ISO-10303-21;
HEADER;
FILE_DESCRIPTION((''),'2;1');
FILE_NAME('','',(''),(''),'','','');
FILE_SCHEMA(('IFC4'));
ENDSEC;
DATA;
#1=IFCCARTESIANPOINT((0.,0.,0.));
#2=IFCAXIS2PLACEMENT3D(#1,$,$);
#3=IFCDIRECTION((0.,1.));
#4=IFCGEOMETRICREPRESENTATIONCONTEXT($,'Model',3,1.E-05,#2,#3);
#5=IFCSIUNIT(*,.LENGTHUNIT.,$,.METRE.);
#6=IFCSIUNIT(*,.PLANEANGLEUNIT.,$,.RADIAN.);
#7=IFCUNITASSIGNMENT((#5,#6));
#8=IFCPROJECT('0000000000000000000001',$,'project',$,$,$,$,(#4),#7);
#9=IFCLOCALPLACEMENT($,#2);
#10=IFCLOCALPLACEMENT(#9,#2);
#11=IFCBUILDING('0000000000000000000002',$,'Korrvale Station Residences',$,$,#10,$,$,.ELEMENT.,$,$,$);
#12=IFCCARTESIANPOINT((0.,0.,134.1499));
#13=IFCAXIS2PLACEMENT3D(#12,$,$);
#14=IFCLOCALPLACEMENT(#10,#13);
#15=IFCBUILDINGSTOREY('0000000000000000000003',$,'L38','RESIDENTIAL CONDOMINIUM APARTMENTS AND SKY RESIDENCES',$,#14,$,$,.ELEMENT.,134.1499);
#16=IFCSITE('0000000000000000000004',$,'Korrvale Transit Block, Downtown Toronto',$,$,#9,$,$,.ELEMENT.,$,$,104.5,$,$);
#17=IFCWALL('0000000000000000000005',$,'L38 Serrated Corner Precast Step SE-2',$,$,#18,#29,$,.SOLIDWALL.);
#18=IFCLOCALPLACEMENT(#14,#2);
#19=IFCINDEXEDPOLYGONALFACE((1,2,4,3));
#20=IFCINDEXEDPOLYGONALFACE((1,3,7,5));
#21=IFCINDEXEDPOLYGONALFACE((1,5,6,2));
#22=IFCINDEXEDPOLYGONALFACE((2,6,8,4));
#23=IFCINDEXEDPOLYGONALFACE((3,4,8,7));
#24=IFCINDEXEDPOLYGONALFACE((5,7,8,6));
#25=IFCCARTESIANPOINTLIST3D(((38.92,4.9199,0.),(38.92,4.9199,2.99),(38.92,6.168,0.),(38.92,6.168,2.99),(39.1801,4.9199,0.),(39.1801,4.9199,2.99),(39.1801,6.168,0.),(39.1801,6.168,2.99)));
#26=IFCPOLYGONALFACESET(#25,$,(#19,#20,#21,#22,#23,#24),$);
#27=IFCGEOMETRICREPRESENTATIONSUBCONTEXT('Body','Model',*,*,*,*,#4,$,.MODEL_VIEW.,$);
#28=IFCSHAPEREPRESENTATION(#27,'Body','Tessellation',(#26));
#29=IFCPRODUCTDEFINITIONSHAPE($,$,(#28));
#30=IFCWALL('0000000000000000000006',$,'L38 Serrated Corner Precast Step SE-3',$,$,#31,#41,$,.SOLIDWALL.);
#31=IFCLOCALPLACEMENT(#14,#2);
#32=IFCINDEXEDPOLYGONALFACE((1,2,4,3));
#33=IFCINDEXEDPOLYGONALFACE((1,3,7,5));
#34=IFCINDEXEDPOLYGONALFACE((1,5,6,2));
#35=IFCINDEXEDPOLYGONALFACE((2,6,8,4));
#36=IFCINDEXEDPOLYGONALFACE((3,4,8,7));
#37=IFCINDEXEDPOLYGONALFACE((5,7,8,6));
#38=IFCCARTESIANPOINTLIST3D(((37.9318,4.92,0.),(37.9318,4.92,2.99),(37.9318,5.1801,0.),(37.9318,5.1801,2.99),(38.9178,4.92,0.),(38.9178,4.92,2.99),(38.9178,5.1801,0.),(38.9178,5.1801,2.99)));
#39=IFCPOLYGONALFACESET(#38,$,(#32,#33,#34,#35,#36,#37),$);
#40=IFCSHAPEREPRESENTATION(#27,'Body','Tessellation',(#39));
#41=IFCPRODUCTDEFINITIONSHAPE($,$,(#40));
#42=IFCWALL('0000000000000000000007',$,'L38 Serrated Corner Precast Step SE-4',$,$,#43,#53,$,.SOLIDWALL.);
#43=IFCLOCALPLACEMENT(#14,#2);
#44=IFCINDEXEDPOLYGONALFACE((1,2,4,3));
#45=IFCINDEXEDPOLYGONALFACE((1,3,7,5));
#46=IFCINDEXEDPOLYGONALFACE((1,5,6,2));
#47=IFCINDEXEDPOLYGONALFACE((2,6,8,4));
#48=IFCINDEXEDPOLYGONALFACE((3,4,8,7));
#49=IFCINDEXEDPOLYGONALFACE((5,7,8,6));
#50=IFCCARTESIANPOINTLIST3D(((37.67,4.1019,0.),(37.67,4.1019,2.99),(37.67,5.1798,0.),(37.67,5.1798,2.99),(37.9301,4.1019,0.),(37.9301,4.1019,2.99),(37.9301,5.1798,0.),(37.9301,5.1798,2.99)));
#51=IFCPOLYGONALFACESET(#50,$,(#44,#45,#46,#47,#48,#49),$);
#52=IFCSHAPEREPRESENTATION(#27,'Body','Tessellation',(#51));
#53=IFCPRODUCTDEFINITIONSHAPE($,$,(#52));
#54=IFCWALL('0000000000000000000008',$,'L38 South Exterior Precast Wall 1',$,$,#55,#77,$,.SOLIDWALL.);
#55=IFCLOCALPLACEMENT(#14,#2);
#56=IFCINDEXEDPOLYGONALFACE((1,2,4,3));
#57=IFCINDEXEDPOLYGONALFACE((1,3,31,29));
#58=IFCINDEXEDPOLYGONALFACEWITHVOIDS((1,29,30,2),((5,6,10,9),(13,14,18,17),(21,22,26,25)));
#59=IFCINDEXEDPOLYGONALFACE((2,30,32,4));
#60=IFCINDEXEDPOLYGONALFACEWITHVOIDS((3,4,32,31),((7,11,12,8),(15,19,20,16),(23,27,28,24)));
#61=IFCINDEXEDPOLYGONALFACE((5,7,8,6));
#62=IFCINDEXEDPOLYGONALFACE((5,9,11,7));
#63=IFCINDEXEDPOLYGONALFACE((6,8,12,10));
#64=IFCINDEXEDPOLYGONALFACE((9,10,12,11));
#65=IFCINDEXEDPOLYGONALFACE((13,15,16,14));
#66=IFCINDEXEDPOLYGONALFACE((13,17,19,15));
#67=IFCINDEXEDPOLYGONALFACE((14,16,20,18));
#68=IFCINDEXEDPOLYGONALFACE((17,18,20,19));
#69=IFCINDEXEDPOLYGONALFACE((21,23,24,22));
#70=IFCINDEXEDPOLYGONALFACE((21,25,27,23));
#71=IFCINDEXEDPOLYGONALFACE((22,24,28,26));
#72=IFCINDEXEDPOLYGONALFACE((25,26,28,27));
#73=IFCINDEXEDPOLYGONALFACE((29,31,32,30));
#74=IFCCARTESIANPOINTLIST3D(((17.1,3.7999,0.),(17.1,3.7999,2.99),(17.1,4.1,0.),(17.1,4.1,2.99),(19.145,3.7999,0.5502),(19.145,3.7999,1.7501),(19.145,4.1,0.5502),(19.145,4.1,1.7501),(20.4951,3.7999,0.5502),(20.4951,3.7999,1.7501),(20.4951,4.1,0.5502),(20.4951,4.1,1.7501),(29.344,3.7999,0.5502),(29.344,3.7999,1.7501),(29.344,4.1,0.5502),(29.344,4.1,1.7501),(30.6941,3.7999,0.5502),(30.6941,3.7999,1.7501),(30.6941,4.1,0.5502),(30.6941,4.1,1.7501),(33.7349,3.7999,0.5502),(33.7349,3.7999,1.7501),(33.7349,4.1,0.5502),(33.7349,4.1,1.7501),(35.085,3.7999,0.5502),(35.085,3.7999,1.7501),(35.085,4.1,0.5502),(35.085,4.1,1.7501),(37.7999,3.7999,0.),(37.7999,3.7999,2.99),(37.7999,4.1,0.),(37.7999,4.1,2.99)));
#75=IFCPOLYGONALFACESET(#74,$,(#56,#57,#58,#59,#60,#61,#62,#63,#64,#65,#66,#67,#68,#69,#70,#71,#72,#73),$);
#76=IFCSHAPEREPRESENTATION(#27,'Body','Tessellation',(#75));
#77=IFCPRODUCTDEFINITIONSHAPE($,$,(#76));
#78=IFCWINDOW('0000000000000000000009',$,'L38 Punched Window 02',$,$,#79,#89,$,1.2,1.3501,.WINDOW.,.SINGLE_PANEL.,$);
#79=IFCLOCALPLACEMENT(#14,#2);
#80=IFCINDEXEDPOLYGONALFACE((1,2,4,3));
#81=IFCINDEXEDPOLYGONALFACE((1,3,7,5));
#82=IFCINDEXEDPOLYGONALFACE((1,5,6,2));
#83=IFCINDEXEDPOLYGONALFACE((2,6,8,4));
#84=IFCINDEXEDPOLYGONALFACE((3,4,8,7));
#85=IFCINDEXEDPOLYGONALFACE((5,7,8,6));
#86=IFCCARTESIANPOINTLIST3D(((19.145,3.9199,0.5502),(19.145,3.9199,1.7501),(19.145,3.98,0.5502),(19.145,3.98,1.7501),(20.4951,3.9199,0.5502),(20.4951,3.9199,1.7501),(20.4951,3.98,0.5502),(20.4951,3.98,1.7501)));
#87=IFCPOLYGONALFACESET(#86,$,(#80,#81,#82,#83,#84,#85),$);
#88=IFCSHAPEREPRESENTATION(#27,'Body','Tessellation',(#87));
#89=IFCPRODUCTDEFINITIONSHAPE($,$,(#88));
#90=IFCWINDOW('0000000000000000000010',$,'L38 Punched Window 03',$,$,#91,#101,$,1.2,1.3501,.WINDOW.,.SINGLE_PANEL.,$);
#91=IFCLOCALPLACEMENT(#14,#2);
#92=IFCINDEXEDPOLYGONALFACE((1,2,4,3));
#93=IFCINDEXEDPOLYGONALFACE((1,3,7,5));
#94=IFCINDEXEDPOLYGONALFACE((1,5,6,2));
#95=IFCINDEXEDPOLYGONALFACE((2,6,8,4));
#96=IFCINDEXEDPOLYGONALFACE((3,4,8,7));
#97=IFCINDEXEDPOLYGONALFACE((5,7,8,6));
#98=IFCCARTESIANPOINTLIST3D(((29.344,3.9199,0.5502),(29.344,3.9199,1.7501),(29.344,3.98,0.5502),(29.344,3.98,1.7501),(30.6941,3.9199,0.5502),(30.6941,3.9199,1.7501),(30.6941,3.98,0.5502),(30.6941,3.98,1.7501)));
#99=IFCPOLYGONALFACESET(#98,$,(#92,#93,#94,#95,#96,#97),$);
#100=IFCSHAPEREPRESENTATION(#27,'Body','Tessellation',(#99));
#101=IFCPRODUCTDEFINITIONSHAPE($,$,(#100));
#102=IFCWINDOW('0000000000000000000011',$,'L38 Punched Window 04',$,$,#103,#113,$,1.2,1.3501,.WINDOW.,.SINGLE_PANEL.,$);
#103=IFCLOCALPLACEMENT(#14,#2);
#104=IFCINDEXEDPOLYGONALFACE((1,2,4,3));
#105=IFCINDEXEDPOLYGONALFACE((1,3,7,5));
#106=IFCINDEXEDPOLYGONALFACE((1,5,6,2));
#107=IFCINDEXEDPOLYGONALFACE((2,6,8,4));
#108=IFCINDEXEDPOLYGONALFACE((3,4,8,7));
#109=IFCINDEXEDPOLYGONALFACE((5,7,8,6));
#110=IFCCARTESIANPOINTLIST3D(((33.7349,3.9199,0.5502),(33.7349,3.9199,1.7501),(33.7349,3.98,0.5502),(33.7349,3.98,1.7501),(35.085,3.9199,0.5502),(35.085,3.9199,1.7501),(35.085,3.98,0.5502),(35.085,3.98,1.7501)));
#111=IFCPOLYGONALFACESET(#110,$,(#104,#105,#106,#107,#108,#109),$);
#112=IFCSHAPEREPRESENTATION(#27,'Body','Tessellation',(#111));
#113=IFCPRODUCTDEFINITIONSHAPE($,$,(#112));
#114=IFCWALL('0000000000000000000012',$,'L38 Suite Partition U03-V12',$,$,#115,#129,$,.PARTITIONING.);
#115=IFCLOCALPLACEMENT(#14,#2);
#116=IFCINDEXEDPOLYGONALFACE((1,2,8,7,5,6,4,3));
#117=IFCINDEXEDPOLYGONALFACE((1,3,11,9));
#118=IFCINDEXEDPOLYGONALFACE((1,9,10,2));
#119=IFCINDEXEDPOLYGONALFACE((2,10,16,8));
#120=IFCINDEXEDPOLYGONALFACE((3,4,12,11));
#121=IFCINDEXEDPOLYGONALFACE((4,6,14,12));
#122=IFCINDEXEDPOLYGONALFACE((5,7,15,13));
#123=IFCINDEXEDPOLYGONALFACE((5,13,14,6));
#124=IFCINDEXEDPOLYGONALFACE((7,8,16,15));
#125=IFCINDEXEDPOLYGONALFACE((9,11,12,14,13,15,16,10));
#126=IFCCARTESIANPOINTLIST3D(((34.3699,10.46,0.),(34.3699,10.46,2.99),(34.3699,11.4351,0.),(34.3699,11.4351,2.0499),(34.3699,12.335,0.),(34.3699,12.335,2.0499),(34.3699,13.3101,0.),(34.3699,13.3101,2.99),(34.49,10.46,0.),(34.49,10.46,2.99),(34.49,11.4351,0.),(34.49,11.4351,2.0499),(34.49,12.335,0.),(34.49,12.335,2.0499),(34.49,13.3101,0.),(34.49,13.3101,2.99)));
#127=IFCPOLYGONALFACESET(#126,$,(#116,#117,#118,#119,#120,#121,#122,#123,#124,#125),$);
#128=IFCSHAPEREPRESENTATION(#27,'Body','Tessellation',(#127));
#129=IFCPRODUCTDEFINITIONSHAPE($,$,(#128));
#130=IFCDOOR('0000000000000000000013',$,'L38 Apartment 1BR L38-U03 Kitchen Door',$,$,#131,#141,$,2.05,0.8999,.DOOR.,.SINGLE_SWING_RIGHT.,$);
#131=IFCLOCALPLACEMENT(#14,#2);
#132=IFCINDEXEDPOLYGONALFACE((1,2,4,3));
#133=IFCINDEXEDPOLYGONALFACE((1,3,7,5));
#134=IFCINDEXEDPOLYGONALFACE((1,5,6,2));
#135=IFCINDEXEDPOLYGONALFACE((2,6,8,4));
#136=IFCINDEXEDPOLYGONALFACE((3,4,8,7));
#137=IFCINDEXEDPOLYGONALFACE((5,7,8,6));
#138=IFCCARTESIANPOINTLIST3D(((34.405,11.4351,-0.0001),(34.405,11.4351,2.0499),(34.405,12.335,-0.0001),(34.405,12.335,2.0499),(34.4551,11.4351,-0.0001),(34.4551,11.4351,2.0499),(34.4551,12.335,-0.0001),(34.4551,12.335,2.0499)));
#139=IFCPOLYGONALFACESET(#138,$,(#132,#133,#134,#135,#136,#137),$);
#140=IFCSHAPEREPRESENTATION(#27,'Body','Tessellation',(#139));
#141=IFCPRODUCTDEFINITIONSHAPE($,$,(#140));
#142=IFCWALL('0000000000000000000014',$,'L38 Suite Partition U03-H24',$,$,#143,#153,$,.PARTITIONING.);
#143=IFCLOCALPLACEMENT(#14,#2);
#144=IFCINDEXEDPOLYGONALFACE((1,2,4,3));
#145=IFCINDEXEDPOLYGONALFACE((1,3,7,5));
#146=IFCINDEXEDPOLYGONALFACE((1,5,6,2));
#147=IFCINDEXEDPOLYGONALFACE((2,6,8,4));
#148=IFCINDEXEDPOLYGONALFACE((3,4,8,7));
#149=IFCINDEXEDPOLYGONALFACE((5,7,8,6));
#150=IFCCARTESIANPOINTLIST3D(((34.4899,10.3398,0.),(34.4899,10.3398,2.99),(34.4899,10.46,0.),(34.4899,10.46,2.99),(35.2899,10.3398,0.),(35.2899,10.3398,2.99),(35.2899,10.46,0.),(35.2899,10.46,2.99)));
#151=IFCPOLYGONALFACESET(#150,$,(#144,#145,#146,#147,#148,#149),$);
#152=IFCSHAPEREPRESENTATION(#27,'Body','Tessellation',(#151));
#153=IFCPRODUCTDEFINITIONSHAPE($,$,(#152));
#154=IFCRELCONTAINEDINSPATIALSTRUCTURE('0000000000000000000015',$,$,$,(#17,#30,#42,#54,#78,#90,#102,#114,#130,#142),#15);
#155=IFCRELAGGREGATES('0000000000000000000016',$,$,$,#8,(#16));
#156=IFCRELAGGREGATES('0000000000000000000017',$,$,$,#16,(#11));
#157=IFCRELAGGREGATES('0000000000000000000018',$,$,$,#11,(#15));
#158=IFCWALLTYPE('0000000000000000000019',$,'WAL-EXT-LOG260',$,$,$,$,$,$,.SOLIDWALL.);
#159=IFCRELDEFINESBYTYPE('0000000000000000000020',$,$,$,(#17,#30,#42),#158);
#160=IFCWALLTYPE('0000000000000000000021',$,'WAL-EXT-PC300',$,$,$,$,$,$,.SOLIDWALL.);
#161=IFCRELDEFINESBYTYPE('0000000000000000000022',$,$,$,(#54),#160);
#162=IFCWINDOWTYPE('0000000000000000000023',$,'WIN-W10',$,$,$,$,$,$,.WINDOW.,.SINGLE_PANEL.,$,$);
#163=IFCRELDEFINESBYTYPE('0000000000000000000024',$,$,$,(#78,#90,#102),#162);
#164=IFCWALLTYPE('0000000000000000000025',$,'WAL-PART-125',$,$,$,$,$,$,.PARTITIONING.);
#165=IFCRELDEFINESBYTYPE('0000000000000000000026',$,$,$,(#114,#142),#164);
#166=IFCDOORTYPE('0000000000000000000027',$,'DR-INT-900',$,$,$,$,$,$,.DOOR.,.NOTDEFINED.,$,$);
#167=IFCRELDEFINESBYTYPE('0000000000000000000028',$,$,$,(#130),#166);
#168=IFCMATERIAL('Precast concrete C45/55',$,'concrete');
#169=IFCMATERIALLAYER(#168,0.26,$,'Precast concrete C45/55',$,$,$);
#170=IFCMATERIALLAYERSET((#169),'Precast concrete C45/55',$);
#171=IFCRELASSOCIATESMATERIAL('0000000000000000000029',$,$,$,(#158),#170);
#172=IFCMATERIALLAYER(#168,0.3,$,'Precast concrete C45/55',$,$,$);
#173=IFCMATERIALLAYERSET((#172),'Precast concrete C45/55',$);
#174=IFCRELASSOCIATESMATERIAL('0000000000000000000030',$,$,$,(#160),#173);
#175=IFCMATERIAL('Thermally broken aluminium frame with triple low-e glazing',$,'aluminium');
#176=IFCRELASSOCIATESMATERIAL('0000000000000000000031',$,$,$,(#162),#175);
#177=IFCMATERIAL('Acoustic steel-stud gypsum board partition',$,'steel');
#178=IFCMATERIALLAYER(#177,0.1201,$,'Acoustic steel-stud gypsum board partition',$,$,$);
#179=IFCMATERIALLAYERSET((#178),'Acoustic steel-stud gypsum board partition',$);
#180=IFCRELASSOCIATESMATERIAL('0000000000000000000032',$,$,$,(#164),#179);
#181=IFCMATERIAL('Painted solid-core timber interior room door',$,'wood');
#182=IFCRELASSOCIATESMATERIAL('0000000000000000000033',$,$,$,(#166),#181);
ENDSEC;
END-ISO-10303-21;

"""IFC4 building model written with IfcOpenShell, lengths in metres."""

from ifc_helpers import new_model, si_unit, direction, frame, frame_2d, origin, place, context, subcontext, project, spatial, rectangle, extrude, material, layer, layer_set, type_object, element, fill, save


model = new_model("IFC4")

# Units and contexts
model_context = context("Model", 3, precision=1e-05, world=origin(), true_north=direction((0.0, 1.0)))
body_context = subcontext(model_context, "Body", "Model", "MODEL_VIEW")
ifc_project = project(units=[si_unit("LENGTHUNIT", "METRE"), si_unit("PLANEANGLEUNIT", "RADIAN")], contexts=[model_context])

# Site, building, storey
site_placement = place(None, origin())
site = spatial("IfcSite", under=ifc_project, at=site_placement, Name="Korrvale Transit Block, Downtown Toronto", CompositionType="ELEMENT", RefElevation=104.5)
building_placement = place(site_placement, origin())
building = spatial("IfcBuilding", under=site, at=building_placement, Name="Korrvale Station Residences", CompositionType="ELEMENT")
storey_placement = place(building_placement, frame((0.0, 0.0, 134.1499)))
storey = spatial("IfcBuildingStorey", under=building, at=storey_placement, Name="L38", Description="RESIDENTIAL CONDOMINIUM APARTMENTS AND SKY RESIDENCES", CompositionType="ELEMENT", Elevation=134.1499)

# Walls
ifc_material_1 = material(Name="Precast concrete C45/55", Category="concrete")
ifc_layer_1 = layer(ifc_material_1, 0.26, Name="Precast concrete C45/55")
ifc_layer_set_1 = layer_set([ifc_layer_1], Name="Precast concrete C45/55")
wall_type_1 = type_object("IfcWallType", Name="WAL-EXT-LOG260", PredefinedType="SOLIDWALL", material=ifc_layer_set_1)
wall_1_placement = place(storey_placement, frame((39.05, 6.168, 0.0), z_axis=(0.0, 0.0, 1.0), x_axis=(0.0, -1.0, 0.0)))
element("IfcWall", 1, at=wall_1_placement, inside=storey, type_object=wall_type_1, Name="L38 Serrated Corner Precast Step SE-2", PredefinedType="SOLIDWALL", context=body_context, shape_type="SweptSolid", body=[
    extrude(rectangle(XDim=1.248, YDim=0.26, at=frame_2d((0.624, 0.0))), origin(), (0.0, 0.0, 1.0), 2.99),
])
wall_2_placement = place(storey_placement, frame((38.918, 5.05, 0.0), z_axis=(0.0, 0.0, 1.0), x_axis=(-1.0, 0.0, 0.0)))
element("IfcWall", 2, at=wall_2_placement, inside=storey, type_object=wall_type_1, Name="L38 Serrated Corner Precast Step SE-3", PredefinedType="SOLIDWALL", context=body_context, shape_type="SweptSolid", body=[
    extrude(rectangle(XDim=0.9861, YDim=0.26, at=frame_2d((0.4932, 0.0))), origin(), (0.0, 0.0, 1.0), 2.99),
])
wall_3_placement = place(storey_placement, frame((37.8, 5.1799, 0.0), z_axis=(0.0, 0.0, 1.0), x_axis=(0.0, -1.0, 0.0)))
element("IfcWall", 3, at=wall_3_placement, inside=storey, type_object=wall_type_1, Name="L38 Serrated Corner Precast Step SE-4", PredefinedType="SOLIDWALL", context=body_context, shape_type="SweptSolid", body=[
    extrude(rectangle(XDim=1.0779, YDim=0.26, at=frame_2d((0.5391, 0.0))), origin(), (0.0, 0.0, 1.0), 2.99),
])

# Wall, openings, windows
ifc_layer_2 = layer(ifc_material_1, 0.3, Name="Precast concrete C45/55")
ifc_layer_set_2 = layer_set([ifc_layer_2], Name="Precast concrete C45/55")
wall_type_2 = type_object("IfcWallType", Name="WAL-EXT-PC300", PredefinedType="SOLIDWALL", material=ifc_layer_set_2)
wall_4_placement = place(storey_placement, frame((37.8, 3.95, 0.0), z_axis=(0.0, 0.0, 1.0), x_axis=(-1.0, 0.0, 0.0)))
wall_4 = element("IfcWall", 4, at=wall_4_placement, inside=storey, type_object=wall_type_2, Name="L38 South Exterior Precast Wall 1", PredefinedType="SOLIDWALL", context=body_context, shape_type="SweptSolid", body=[
    extrude(rectangle(XDim=20.7, YDim=0.3, at=frame_2d((10.3501, 0.0))), origin(), (0.0, 0.0, 1.0), 2.99),
])
opening_1_placement = place(wall_4_placement, frame((17.3049, 0.0, 0.55)))
opening_1 = element("IfcOpeningElement", 5, at=opening_1_placement, cuts=wall_4, PredefinedType="OPENING", context=body_context, shape_type="SweptSolid", body=[
    extrude(rectangle(XDim=1.3501, YDim=1.2, at=frame_2d((0.675, 0.6001))), frame((0.0, 0.1602, 0.0), z_axis=(0.0, -1.0, 0.0), x_axis=(1.0, 0.0, 0.0)), (0.0, 0.0, 1.0), 0.3201),
])
opening_2_placement = place(wall_4_placement, frame((7.106, 0.0, 0.55)))
opening_2 = element("IfcOpeningElement", 6, at=opening_2_placement, cuts=wall_4, PredefinedType="OPENING", context=body_context, shape_type="SweptSolid", body=[
    extrude(rectangle(XDim=1.3501, YDim=1.2, at=frame_2d((0.675, 0.6001))), frame((0.0, 0.1602, 0.0), z_axis=(0.0, -1.0, 0.0), x_axis=(1.0, 0.0, 0.0)), (0.0, 0.0, 1.0), 0.3201),
])
opening_3_placement = place(wall_4_placement, frame((2.7151, 0.0, 0.55)))
opening_3 = element("IfcOpeningElement", 7, at=opening_3_placement, cuts=wall_4, PredefinedType="OPENING", context=body_context, shape_type="SweptSolid", body=[
    extrude(rectangle(XDim=1.3501, YDim=1.2, at=frame_2d((0.675, 0.6001))), frame((0.0, 0.1602, 0.0), z_axis=(0.0, -1.0, 0.0), x_axis=(1.0, 0.0, 0.0)), (0.0, 0.0, 1.0), 0.3201),
])
ifc_material_2 = material(Name="Thermally broken aluminium frame with triple low-e glazing", Category="aluminium")
window_type = type_object("IfcWindowType", Name="WIN-W10", PartitioningType="SINGLE_PANEL", PredefinedType="WINDOW", material=ifc_material_2)
window_1_placement = place(opening_1_placement, origin())
window_1 = element("IfcWindow", 8, at=window_1_placement, inside=storey, type_object=window_type, Name="L38 Punched Window 02", OverallHeight=1.2, OverallWidth=1.3501, PartitioningType="SINGLE_PANEL", PredefinedType="WINDOW", context=body_context, shape_type="SweptSolid", body=[
    extrude(rectangle(XDim=1.3501, YDim=1.2, at=frame_2d((0.675, 0.6001))), frame((0.0, 0.03, 0.0), z_axis=(0.0, -1.0, 0.0), x_axis=(1.0, 0.0, 0.0)), (0.0, 0.0, 1.0), 0.0601),
])
fill(opening_1, window_1)
window_2_placement = place(opening_2_placement, origin())
window_2 = element("IfcWindow", 9, at=window_2_placement, inside=storey, type_object=window_type, Name="L38 Punched Window 03", OverallHeight=1.2, OverallWidth=1.3501, PartitioningType="SINGLE_PANEL", PredefinedType="WINDOW", context=body_context, shape_type="SweptSolid", body=[
    extrude(rectangle(XDim=1.3501, YDim=1.2, at=frame_2d((0.675, 0.6001))), frame((0.0, 0.03, 0.0), z_axis=(0.0, -1.0, 0.0), x_axis=(1.0, 0.0, 0.0)), (0.0, 0.0, 1.0), 0.0601),
])
fill(opening_2, window_2)
window_3_placement = place(opening_3_placement, origin())
window_3 = element("IfcWindow", 10, at=window_3_placement, inside=storey, type_object=window_type, Name="L38 Punched Window 04", OverallHeight=1.2, OverallWidth=1.3501, PartitioningType="SINGLE_PANEL", PredefinedType="WINDOW", context=body_context, shape_type="SweptSolid", body=[
    extrude(rectangle(XDim=1.3501, YDim=1.2, at=frame_2d((0.675, 0.6001))), frame((0.0, 0.03, 0.0), z_axis=(0.0, -1.0, 0.0), x_axis=(1.0, 0.0, 0.0)), (0.0, 0.0, 1.0), 0.0601),
])
fill(opening_3, window_3)

# Wall, opening, door
ifc_material_3 = material(Name="Acoustic steel-stud gypsum board partition", Category="steel")
ifc_layer_3 = layer(ifc_material_3, 0.1201, Name="Acoustic steel-stud gypsum board partition")
ifc_layer_set_3 = layer_set([ifc_layer_3], Name="Acoustic steel-stud gypsum board partition")
wall_type_3 = type_object("IfcWallType", Name="WAL-PART-125", PredefinedType="PARTITIONING", material=ifc_layer_set_3)
wall_5_placement = place(storey_placement, frame((34.4299, 10.46, 0.0), z_axis=(0.0, 0.0, 1.0), x_axis=(0.0, 1.0, 0.0)))
wall_5 = element("IfcWall", 11, at=wall_5_placement, inside=storey, type_object=wall_type_3, Name="L38 Suite Partition U03-V12", PredefinedType="PARTITIONING", context=body_context, shape_type="SweptSolid", body=[
    extrude(rectangle(XDim=2.8501, YDim=0.1201, at=frame_2d((1.425, 0.0))), origin(), (0.0, 0.0, 1.0), 2.99),
])
opening_4_placement = place(wall_5_placement, frame((0.9751, 0.0, 0.0)))
opening_4 = element("IfcOpeningElement", 12, at=opening_4_placement, cuts=wall_5, PredefinedType="OPENING", context=body_context, shape_type="SweptSolid", body=[
    extrude(rectangle(XDim=0.8999, YDim=2.05, at=frame_2d((0.45, 1.0249))), frame((0.0, 0.0701, 0.0), z_axis=(0.0, -1.0, 0.0), x_axis=(1.0, 0.0, 0.0)), (0.0, 0.0, 1.0), 0.1401),
])
ifc_material_4 = material(Name="Painted solid-core timber interior room door", Category="wood")
door_type = type_object("IfcDoorType", Name="DR-INT-900", OperationType="NOTDEFINED", PredefinedType="DOOR", material=ifc_material_4)
door_1_placement = place(opening_4_placement, origin())
door_1 = element("IfcDoor", 13, at=door_1_placement, inside=storey, type_object=door_type, Name="L38 Apartment 1BR L38-U03 Kitchen Door", OperationType="SINGLE_SWING_RIGHT", OverallHeight=2.05, OverallWidth=0.8999, PredefinedType="DOOR", context=body_context, shape_type="SweptSolid", body=[
    extrude(rectangle(XDim=0.8999, YDim=2.05, at=frame_2d((0.45, 1.0249))), frame((0.0, 0.0249, 0.0), z_axis=(0.0, -1.0, 0.0), x_axis=(1.0, 0.0, 0.0)), (0.0, 0.0, 1.0), 0.05),
])
fill(opening_4, door_1)

# Wall
wall_6_placement = place(storey_placement, frame((34.49, 10.3999, 0.0), z_axis=(0.0, 0.0, 1.0), x_axis=(1.0, 0.0, 0.0)))
element("IfcWall", 14, at=wall_6_placement, inside=storey, type_object=wall_type_3, Name="L38 Suite Partition U03-H24", PredefinedType="PARTITIONING", context=body_context, shape_type="SweptSolid", body=[
    extrude(rectangle(XDim=0.8, YDim=0.1201, at=frame_2d((0.3999, 0.0))), origin(), (0.0, 0.0, 1.0), 2.99),
])

save(model, "model.ifc")
